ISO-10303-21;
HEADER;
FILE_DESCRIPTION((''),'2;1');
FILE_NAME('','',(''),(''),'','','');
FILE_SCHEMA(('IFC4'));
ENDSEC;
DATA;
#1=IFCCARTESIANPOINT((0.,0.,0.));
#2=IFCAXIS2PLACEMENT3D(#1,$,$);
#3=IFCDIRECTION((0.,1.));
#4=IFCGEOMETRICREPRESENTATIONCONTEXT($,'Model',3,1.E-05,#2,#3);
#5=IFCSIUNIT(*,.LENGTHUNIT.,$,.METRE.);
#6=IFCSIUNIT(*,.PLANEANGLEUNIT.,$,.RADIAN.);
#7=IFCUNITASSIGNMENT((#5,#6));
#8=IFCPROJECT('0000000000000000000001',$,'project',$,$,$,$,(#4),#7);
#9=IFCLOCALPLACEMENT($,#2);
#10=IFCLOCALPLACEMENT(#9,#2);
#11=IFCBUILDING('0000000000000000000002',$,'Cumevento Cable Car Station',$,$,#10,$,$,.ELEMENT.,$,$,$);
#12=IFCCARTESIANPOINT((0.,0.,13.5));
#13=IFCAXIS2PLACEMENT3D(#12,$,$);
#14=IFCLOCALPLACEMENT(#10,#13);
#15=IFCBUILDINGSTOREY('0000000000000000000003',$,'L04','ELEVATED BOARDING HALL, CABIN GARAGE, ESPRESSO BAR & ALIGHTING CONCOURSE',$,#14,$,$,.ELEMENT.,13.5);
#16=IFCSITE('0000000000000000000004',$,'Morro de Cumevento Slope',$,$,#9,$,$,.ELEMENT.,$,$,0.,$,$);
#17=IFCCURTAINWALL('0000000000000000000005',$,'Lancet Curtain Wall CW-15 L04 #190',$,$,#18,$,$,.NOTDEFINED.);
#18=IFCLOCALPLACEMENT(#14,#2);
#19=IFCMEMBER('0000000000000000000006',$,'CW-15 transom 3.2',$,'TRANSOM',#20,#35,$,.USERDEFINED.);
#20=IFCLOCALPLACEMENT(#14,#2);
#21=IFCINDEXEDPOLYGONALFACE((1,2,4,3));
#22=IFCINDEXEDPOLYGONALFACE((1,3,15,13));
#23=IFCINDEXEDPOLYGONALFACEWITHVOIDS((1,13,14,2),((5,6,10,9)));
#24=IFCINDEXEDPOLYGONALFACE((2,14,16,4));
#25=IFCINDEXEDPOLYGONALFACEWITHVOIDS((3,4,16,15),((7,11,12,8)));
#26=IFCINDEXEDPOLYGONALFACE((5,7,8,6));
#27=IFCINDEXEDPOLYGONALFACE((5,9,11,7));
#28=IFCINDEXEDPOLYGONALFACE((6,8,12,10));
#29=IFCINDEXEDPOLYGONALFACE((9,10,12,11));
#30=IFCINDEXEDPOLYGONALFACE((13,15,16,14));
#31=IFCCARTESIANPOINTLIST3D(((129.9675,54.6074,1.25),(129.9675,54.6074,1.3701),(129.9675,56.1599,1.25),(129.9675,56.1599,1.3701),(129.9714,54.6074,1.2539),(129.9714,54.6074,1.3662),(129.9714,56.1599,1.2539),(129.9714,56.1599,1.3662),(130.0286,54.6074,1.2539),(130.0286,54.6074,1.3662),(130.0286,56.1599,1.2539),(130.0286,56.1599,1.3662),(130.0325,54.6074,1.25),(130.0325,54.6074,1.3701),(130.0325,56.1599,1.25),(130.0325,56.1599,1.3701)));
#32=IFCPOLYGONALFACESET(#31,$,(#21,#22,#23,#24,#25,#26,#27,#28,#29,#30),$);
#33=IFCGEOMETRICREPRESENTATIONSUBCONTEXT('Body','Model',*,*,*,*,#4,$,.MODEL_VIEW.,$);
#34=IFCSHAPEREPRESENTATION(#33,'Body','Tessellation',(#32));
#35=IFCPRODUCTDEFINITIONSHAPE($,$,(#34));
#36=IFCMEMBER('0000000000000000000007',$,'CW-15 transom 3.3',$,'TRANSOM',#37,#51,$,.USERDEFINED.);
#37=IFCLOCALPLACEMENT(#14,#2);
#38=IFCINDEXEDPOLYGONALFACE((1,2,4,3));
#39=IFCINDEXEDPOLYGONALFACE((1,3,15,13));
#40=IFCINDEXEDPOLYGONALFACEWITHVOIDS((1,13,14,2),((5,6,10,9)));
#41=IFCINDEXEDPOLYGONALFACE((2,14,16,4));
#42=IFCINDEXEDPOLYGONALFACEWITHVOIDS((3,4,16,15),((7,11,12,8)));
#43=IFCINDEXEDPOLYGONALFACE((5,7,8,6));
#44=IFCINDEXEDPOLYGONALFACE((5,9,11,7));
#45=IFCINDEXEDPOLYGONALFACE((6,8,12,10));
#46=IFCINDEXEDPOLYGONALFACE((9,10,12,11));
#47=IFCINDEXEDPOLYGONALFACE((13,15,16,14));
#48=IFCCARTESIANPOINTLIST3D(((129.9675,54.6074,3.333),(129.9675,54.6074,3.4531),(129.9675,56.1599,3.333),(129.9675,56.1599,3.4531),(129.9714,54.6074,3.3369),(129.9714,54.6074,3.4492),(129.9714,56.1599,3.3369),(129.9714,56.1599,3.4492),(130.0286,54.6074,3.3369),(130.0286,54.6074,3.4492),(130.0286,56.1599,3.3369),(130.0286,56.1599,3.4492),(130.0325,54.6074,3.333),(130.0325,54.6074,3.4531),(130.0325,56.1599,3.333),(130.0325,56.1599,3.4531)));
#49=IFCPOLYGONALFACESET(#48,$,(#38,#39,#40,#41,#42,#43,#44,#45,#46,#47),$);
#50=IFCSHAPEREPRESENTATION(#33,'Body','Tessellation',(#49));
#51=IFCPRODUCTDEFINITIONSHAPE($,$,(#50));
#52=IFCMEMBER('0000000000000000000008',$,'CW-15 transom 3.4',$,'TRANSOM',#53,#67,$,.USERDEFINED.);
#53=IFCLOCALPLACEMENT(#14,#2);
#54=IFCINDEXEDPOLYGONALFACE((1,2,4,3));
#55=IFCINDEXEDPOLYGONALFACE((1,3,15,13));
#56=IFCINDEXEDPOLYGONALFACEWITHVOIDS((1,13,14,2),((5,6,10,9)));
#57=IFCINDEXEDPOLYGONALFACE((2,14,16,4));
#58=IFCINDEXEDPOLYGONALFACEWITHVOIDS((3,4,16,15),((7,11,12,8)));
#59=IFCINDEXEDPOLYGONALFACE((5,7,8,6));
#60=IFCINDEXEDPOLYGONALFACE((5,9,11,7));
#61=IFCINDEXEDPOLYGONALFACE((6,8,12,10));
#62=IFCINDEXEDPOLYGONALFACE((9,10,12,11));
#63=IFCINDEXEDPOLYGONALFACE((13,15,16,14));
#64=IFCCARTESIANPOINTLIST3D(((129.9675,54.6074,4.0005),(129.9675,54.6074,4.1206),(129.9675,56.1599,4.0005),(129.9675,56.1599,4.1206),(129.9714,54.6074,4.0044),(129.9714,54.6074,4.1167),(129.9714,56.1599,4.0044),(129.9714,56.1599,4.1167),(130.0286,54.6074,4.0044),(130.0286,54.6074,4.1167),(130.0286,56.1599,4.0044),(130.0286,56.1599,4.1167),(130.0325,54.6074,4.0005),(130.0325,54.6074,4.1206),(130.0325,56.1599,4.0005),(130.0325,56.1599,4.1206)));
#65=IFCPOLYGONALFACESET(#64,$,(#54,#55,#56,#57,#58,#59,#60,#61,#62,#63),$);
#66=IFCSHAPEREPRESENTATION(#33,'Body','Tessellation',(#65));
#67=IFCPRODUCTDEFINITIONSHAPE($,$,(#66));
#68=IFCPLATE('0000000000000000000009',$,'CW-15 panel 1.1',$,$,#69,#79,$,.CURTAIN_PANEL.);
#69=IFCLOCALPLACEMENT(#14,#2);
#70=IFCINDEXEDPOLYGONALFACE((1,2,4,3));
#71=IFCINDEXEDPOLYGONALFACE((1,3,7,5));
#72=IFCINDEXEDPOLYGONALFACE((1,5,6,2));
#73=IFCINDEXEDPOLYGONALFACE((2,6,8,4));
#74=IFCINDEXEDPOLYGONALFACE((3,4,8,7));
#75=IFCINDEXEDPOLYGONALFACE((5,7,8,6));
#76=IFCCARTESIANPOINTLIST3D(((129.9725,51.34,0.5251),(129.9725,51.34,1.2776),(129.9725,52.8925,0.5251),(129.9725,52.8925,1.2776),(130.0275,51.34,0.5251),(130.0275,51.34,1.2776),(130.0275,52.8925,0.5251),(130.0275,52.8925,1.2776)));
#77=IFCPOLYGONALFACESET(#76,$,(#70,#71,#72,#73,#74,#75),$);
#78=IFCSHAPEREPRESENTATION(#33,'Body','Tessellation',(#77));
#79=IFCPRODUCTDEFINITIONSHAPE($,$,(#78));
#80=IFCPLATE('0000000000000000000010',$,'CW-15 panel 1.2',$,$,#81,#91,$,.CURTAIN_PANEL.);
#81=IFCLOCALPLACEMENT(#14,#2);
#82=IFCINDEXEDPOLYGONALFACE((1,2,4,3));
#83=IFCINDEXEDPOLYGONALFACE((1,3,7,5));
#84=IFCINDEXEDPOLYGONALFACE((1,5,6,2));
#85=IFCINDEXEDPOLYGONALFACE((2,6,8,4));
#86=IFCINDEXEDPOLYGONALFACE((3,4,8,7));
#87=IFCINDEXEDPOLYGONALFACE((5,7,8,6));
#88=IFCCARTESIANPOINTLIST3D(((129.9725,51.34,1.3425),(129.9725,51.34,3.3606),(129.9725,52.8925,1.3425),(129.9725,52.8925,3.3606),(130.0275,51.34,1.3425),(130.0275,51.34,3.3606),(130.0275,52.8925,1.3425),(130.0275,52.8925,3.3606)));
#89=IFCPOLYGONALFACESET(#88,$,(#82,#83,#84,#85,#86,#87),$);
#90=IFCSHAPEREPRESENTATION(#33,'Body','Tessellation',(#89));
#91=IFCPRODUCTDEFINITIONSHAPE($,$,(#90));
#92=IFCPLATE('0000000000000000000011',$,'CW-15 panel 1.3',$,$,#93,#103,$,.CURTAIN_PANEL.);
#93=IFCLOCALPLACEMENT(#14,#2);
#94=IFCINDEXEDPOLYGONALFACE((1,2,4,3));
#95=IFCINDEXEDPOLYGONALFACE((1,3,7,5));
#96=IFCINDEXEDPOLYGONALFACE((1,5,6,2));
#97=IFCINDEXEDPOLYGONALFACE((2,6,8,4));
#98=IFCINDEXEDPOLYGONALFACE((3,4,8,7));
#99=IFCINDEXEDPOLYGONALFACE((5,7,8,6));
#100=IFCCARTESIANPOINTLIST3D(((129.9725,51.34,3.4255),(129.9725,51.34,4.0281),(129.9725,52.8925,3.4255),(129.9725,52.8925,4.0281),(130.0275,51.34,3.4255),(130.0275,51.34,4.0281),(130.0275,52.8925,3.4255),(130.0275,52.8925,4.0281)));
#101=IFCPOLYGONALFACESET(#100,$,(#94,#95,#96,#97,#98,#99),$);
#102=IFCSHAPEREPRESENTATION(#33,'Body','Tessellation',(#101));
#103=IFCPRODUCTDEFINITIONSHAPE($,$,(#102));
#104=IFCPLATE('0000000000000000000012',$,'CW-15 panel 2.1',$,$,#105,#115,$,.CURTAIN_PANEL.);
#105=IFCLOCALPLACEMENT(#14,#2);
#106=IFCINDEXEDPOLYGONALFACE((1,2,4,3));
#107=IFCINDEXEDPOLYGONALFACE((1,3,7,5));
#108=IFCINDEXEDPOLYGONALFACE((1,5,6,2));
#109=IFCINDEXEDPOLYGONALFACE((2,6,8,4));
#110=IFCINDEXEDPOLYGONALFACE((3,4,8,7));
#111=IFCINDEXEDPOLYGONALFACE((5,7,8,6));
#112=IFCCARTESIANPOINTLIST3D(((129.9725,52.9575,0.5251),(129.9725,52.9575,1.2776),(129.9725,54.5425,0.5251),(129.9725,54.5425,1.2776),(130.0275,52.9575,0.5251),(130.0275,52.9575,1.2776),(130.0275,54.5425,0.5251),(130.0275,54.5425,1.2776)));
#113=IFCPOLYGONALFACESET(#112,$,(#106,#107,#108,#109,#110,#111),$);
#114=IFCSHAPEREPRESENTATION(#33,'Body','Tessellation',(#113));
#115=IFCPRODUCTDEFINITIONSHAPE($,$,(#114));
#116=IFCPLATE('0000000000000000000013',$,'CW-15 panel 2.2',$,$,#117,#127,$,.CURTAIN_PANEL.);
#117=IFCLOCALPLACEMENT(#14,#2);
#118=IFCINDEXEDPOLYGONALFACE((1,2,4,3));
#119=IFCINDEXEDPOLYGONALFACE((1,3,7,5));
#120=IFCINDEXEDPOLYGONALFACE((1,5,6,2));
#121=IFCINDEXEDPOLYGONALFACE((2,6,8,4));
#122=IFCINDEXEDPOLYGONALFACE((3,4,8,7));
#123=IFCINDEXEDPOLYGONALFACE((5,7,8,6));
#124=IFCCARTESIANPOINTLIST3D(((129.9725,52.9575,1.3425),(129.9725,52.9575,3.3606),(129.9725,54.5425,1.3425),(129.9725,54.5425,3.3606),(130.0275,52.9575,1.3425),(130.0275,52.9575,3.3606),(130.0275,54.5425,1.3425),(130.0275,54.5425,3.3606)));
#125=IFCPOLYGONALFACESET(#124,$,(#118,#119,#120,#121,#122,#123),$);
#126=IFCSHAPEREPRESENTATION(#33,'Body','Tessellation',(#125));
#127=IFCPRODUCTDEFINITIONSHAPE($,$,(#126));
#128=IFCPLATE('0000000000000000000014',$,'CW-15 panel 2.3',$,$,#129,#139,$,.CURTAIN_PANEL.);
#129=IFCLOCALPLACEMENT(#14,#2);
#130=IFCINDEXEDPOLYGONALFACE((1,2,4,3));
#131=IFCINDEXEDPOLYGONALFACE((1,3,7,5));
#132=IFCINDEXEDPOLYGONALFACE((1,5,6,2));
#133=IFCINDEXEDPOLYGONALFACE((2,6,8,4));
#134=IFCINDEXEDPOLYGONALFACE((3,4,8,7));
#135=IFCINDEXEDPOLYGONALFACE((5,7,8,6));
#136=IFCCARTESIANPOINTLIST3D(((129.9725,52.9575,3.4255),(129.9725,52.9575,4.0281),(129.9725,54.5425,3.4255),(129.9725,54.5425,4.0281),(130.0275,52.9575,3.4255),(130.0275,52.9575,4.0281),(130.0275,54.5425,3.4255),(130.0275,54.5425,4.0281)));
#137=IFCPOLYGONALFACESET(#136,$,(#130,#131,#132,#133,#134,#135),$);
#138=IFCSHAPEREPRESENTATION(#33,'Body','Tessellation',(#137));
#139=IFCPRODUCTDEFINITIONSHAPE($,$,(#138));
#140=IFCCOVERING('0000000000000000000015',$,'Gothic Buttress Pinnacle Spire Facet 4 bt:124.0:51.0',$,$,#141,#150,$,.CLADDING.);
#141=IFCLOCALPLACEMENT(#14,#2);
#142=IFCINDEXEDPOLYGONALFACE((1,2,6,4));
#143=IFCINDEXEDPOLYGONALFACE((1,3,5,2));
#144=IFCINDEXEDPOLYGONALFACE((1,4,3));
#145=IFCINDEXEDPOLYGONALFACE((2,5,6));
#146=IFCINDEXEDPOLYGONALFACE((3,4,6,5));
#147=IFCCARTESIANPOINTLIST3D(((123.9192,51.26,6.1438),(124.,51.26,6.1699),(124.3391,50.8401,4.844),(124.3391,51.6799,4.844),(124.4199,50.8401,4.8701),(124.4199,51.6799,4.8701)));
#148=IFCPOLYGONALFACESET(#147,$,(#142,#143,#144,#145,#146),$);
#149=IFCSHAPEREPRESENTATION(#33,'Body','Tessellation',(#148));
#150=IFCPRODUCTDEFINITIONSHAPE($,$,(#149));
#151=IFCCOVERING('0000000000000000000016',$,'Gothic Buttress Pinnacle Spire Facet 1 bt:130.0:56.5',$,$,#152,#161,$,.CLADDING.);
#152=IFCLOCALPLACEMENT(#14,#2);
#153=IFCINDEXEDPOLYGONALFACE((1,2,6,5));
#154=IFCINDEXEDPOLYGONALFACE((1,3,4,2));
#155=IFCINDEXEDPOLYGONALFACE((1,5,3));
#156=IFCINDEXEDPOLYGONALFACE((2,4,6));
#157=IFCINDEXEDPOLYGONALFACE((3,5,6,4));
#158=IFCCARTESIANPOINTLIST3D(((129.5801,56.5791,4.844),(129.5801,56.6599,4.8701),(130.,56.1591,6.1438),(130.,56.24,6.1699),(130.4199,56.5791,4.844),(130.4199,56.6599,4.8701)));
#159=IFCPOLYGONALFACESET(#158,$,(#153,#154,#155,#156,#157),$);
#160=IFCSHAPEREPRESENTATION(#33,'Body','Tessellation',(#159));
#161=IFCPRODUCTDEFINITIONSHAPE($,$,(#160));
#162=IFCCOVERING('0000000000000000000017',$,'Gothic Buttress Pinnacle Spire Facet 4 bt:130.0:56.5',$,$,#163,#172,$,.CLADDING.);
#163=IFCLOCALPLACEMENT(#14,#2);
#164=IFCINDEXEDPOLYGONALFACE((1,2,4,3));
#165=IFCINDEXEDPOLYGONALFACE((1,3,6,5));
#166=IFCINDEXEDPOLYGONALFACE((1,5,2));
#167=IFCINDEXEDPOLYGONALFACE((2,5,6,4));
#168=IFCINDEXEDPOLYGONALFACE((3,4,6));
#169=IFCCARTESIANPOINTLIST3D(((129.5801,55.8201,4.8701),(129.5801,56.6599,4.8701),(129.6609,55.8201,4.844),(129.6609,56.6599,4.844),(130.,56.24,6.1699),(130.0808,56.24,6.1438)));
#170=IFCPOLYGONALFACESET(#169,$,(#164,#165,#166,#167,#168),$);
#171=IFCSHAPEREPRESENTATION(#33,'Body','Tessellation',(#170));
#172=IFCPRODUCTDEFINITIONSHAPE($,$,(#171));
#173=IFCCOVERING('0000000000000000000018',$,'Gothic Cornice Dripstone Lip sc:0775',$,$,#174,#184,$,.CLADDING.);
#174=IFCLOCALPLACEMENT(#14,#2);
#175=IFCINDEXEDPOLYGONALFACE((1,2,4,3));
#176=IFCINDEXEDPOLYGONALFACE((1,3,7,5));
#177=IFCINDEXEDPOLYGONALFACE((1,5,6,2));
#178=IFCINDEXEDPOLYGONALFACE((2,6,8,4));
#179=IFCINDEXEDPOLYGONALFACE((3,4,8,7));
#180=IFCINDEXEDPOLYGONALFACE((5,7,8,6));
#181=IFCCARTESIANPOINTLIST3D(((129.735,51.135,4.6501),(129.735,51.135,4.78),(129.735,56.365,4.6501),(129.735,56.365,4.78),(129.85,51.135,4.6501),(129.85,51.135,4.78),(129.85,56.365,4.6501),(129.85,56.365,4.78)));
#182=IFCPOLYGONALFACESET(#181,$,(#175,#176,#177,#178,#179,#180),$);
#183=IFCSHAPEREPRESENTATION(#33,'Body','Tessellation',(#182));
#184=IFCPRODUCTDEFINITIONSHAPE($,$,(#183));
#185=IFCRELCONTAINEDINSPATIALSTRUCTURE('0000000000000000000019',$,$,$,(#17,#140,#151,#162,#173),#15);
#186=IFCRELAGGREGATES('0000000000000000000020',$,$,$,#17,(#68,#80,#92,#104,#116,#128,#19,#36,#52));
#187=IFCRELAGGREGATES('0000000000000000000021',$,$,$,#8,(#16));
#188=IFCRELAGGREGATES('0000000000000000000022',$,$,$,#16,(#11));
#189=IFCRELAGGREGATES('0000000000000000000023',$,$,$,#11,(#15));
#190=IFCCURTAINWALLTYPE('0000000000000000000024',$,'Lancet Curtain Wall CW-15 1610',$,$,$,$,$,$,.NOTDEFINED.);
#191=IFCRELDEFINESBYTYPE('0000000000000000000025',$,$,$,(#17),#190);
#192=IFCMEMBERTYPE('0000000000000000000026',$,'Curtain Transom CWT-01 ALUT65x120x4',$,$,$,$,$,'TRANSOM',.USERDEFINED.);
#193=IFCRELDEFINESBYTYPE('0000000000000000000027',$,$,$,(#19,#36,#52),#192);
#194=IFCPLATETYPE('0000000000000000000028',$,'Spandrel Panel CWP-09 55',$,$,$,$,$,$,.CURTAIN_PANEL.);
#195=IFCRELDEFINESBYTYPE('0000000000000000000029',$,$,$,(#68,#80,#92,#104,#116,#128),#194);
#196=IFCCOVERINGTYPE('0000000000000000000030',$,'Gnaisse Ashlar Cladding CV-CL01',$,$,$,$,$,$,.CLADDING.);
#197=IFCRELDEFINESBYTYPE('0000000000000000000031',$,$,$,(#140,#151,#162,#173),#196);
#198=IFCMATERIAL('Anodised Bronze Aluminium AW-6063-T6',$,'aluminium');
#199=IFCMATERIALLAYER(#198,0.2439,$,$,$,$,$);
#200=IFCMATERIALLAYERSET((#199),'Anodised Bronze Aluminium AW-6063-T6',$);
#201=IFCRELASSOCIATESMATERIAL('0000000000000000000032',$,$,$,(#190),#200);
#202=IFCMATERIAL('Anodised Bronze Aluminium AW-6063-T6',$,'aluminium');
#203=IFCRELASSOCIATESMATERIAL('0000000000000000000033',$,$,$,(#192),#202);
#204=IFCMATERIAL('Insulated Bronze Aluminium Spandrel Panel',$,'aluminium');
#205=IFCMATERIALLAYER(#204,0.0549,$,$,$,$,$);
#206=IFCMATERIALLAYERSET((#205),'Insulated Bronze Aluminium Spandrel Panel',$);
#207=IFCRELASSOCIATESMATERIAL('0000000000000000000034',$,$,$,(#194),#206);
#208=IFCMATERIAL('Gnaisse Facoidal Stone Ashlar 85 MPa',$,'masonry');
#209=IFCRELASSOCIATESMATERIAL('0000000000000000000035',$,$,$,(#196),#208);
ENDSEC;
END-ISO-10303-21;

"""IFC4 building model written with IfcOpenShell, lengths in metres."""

from ifc_helpers import new_model, si_unit, direction, frame, origin, origin_2d, place, context, subcontext, project, spatial, polyline, rectangle, hollow_rectangle, outline, extrude, material, layer, layer_set, material_profile, profile_set, type_object, element, aggregate, save


model = new_model("IFC4")

# Units and contexts
model_context = context("Model", 3, precision=1e-05, world=origin(), true_north=direction((0.0, 1.0)))
body_context = subcontext(model_context, "Body", "Model", "MODEL_VIEW")
ifc_project = project(units=[si_unit("LENGTHUNIT", "METRE"), si_unit("PLANEANGLEUNIT", "RADIAN")], contexts=[model_context])

# Site, building, storey
site_placement = place(None, origin())
site = spatial("IfcSite", under=ifc_project, at=site_placement, Name="Morro de Cumevento Slope", CompositionType="ELEMENT", RefElevation=0.0)
building_placement = place(site_placement, origin())
building = spatial("IfcBuilding", under=site, at=building_placement, Name="Cumevento Cable Car Station", CompositionType="ELEMENT")
storey_placement = place(building_placement, frame((0.0, 0.0, 13.5)))
storey = spatial("IfcBuildingStorey", under=building, at=storey_placement, Name="L04", Description="ELEVATED BOARDING HALL, CABIN GARAGE, ESPRESSO BAR & ALIGHTING CONCOURSE", CompositionType="ELEMENT", Elevation=13.5)

# Curtain wall, members, plates
ifc_material_1 = material(Name="Anodised Bronze Aluminium AW-6063-T6", Category="aluminium")
ifc_layer_1 = layer(ifc_material_1, 0.2439)
ifc_layer_set_1 = layer_set([ifc_layer_1], Name="Anodised Bronze Aluminium AW-6063-T6")
curtain_wall_type = type_object("IfcCurtainWallType", Name="Lancet Curtain Wall CW-15 1610", PredefinedType="NOTDEFINED", material=ifc_layer_set_1)
curtain_wall_placement = place(storey_placement, origin())
curtain_wall = element("IfcCurtainWall", 1, at=curtain_wall_placement, inside=storey, type_object=curtain_wall_type, Name="Lancet Curtain Wall CW-15 L04 #190", PredefinedType="NOTDEFINED")
ifc_material_2 = material(Name="Anodised Bronze Aluminium AW-6063-T6", Category="aluminium")
ifc_material_profile_1 = material_profile(ifc_material_2, hollow_rectangle(XDim=0.0649, YDim=0.1201, WallThickness=0.0039, at=origin_2d()), Name="ALUT65x120x4")
ifc_profile_set_1 = profile_set([ifc_material_profile_1], Name="Anodised Bronze Aluminium AW-6063-T6")
member_type_1 = type_object("IfcMemberType", Name="Curtain Transom CWT-01 ALUT65x120x4", ElementType="TRANSOM", PredefinedType="USERDEFINED", material=ifc_profile_set_1)
member_1_placement = place(storey_placement, frame((130.0, 54.6074, 1.3101), z_axis=(0.0, 1.0, 0.0), x_axis=(-1.0, 0.0, 0.0)))
member_1 = element("IfcMember", 2, at=member_1_placement, type_object=member_type_1, Name="CW-15 transom 3.2", ObjectType="TRANSOM", PredefinedType="USERDEFINED", context=body_context, shape_type="SweptSolid", body=[
    extrude(hollow_rectangle(XDim=0.0649, YDim=0.1201, WallThickness=0.0039, at=origin_2d()), origin(), (0.0, 0.0, 1.0), 1.5525),
])
member_2_placement = place(storey_placement, frame((130.0, 54.6074, 3.3931), z_axis=(0.0, 1.0, 0.0), x_axis=(-1.0, 0.0, 0.0)))
member_2 = element("IfcMember", 3, at=member_2_placement, type_object=member_type_1, Name="CW-15 transom 3.3", ObjectType="TRANSOM", PredefinedType="USERDEFINED", context=body_context, shape_type="SweptSolid", body=[
    extrude(hollow_rectangle(XDim=0.0649, YDim=0.1201, WallThickness=0.0039, at=origin_2d()), origin(), (0.0, 0.0, 1.0), 1.5525),
])
member_3_placement = place(storey_placement, frame((130.0, 54.6074, 4.0605), z_axis=(0.0, 1.0, 0.0), x_axis=(-1.0, 0.0, 0.0)))
member_3 = element("IfcMember", 4, at=member_3_placement, type_object=member_type_1, Name="CW-15 transom 3.4", ObjectType="TRANSOM", PredefinedType="USERDEFINED", context=body_context, shape_type="SweptSolid", body=[
    extrude(hollow_rectangle(XDim=0.0649, YDim=0.1201, WallThickness=0.0039, at=origin_2d()), origin(), (0.0, 0.0, 1.0), 1.5525),
])
ifc_material_3 = material(Name="Insulated Bronze Aluminium Spandrel Panel", Category="aluminium")
ifc_layer_2 = layer(ifc_material_3, 0.0549)
ifc_layer_set_2 = layer_set([ifc_layer_2], Name="Insulated Bronze Aluminium Spandrel Panel")
plate_type = type_object("IfcPlateType", Name="Spandrel Panel CWP-09 55", PredefinedType="CURTAIN_PANEL", material=ifc_layer_set_2)
plate_1_placement = place(storey_placement, frame((130.0, 52.1162, 0.5251), z_axis=(0.0, 0.0, 1.0), x_axis=(0.0, 1.0, 0.0)))
plate_1 = element("IfcPlate", 5, at=plate_1_placement, type_object=plate_type, Name="CW-15 panel 1.1", PredefinedType="CURTAIN_PANEL", context=body_context, shape_type="SweptSolid", body=[
    extrude(rectangle(XDim=1.5525, YDim=0.0549, at=origin_2d()), origin(), (0.0, 0.0, 1.0), 0.7524),
])
plate_2_placement = place(storey_placement, frame((130.0, 52.1162, 1.3425), z_axis=(0.0, 0.0, 1.0), x_axis=(0.0, 1.0, 0.0)))
plate_2 = element("IfcPlate", 6, at=plate_2_placement, type_object=plate_type, Name="CW-15 panel 1.2", PredefinedType="CURTAIN_PANEL", context=body_context, shape_type="SweptSolid", body=[
    extrude(rectangle(XDim=1.5525, YDim=0.0549, at=origin_2d()), origin(), (0.0, 0.0, 1.0), 2.0181),
])
plate_3_placement = place(storey_placement, frame((130.0, 52.1162, 3.4255), z_axis=(0.0, 0.0, 1.0), x_axis=(0.0, 1.0, 0.0)))
plate_3 = element("IfcPlate", 7, at=plate_3_placement, type_object=plate_type, Name="CW-15 panel 1.3", PredefinedType="CURTAIN_PANEL", context=body_context, shape_type="SweptSolid", body=[
    extrude(rectangle(XDim=1.5525, YDim=0.0549, at=origin_2d()), origin(), (0.0, 0.0, 1.0), 0.6025),
])
plate_4_placement = place(storey_placement, frame((130.0, 53.75, 0.5251), z_axis=(0.0, 0.0, 1.0), x_axis=(0.0, 1.0, 0.0)))
plate_4 = element("IfcPlate", 8, at=plate_4_placement, type_object=plate_type, Name="CW-15 panel 2.1", PredefinedType="CURTAIN_PANEL", context=body_context, shape_type="SweptSolid", body=[
    extrude(rectangle(XDim=1.585, YDim=0.0549, at=origin_2d()), origin(), (0.0, 0.0, 1.0), 0.7524),
])
plate_5_placement = place(storey_placement, frame((130.0, 53.75, 1.3425), z_axis=(0.0, 0.0, 1.0), x_axis=(0.0, 1.0, 0.0)))
plate_5 = element("IfcPlate", 9, at=plate_5_placement, type_object=plate_type, Name="CW-15 panel 2.2", PredefinedType="CURTAIN_PANEL", context=body_context, shape_type="SweptSolid", body=[
    extrude(rectangle(XDim=1.585, YDim=0.0549, at=origin_2d()), origin(), (0.0, 0.0, 1.0), 2.0181),
])
plate_6_placement = place(storey_placement, frame((130.0, 53.75, 3.4255), z_axis=(0.0, 0.0, 1.0), x_axis=(0.0, 1.0, 0.0)))
plate_6 = element("IfcPlate", 10, at=plate_6_placement, type_object=plate_type, Name="CW-15 panel 2.3", PredefinedType="CURTAIN_PANEL", context=body_context, shape_type="SweptSolid", body=[
    extrude(rectangle(XDim=1.585, YDim=0.0549, at=origin_2d()), origin(), (0.0, 0.0, 1.0), 0.6025),
])
aggregate(curtain_wall, [plate_1, plate_2, plate_3, plate_4, plate_5, plate_6, member_1, member_2, member_3])

# Coverings
ifc_material_4 = material(Name="Gnaisse Facoidal Stone Ashlar 85 MPa", Category="masonry")
covering_type = type_object("IfcCoveringType", Name="Gnaisse Ashlar Cladding CV-CL01", PredefinedType="CLADDING", material=ifc_material_4)
for number, where, z_axis, x_axis, name in (
    (11, (124.4199, 51.6799, 4.8701), (0.951574, 0.0, 0.307421), (0.0, -1.0, 0.0), "Gothic Buttress Pinnacle Spire Facet 4 bt:124.0:51.0"),
    (12, (129.5801, 56.6599, 4.8701), (0.0, 0.951574, 0.307421), (1.0, 0.0, 0.0), "Gothic Buttress Pinnacle Spire Facet 1 bt:130.0:56.5"),
    (13, (129.5801, 55.8201, 4.8701), (-0.951574, 0.0, 0.307421), (0.0, 1.0, 0.0), "Gothic Buttress Pinnacle Spire Facet 4 bt:130.0:56.5"),
):
    element("IfcCovering", number, at=place(storey_placement, frame(where, z_axis=z_axis, x_axis=x_axis)), inside=storey, type_object=covering_type, Name=name, PredefinedType="CLADDING", context=body_context, shape_type="SweptSolid", body=[
        extrude(outline(polyline([(0.0, 0.0), (0.8398, 0.0), (0.4199, -1.366), (0.0, 0.0)])), origin(), (0.0, 0.0, -1.0), 0.085),
    ])
covering_placement = place(storey_placement, frame((129.7925, 53.75, 4.6501), z_axis=(0.0, 0.0, 1.0), x_axis=(0.0, 1.0, 0.0)))
element("IfcCovering", 14, at=covering_placement, inside=storey, type_object=covering_type, Name="Gothic Cornice Dripstone Lip sc:0775", PredefinedType="CLADDING", context=body_context, shape_type="SweptSolid", body=[
    extrude(rectangle(XDim=5.23, YDim=0.115, at=origin_2d()), origin(), (0.0, 0.0, 1.0), 0.1299),
])

save(model, "model.ifc")
